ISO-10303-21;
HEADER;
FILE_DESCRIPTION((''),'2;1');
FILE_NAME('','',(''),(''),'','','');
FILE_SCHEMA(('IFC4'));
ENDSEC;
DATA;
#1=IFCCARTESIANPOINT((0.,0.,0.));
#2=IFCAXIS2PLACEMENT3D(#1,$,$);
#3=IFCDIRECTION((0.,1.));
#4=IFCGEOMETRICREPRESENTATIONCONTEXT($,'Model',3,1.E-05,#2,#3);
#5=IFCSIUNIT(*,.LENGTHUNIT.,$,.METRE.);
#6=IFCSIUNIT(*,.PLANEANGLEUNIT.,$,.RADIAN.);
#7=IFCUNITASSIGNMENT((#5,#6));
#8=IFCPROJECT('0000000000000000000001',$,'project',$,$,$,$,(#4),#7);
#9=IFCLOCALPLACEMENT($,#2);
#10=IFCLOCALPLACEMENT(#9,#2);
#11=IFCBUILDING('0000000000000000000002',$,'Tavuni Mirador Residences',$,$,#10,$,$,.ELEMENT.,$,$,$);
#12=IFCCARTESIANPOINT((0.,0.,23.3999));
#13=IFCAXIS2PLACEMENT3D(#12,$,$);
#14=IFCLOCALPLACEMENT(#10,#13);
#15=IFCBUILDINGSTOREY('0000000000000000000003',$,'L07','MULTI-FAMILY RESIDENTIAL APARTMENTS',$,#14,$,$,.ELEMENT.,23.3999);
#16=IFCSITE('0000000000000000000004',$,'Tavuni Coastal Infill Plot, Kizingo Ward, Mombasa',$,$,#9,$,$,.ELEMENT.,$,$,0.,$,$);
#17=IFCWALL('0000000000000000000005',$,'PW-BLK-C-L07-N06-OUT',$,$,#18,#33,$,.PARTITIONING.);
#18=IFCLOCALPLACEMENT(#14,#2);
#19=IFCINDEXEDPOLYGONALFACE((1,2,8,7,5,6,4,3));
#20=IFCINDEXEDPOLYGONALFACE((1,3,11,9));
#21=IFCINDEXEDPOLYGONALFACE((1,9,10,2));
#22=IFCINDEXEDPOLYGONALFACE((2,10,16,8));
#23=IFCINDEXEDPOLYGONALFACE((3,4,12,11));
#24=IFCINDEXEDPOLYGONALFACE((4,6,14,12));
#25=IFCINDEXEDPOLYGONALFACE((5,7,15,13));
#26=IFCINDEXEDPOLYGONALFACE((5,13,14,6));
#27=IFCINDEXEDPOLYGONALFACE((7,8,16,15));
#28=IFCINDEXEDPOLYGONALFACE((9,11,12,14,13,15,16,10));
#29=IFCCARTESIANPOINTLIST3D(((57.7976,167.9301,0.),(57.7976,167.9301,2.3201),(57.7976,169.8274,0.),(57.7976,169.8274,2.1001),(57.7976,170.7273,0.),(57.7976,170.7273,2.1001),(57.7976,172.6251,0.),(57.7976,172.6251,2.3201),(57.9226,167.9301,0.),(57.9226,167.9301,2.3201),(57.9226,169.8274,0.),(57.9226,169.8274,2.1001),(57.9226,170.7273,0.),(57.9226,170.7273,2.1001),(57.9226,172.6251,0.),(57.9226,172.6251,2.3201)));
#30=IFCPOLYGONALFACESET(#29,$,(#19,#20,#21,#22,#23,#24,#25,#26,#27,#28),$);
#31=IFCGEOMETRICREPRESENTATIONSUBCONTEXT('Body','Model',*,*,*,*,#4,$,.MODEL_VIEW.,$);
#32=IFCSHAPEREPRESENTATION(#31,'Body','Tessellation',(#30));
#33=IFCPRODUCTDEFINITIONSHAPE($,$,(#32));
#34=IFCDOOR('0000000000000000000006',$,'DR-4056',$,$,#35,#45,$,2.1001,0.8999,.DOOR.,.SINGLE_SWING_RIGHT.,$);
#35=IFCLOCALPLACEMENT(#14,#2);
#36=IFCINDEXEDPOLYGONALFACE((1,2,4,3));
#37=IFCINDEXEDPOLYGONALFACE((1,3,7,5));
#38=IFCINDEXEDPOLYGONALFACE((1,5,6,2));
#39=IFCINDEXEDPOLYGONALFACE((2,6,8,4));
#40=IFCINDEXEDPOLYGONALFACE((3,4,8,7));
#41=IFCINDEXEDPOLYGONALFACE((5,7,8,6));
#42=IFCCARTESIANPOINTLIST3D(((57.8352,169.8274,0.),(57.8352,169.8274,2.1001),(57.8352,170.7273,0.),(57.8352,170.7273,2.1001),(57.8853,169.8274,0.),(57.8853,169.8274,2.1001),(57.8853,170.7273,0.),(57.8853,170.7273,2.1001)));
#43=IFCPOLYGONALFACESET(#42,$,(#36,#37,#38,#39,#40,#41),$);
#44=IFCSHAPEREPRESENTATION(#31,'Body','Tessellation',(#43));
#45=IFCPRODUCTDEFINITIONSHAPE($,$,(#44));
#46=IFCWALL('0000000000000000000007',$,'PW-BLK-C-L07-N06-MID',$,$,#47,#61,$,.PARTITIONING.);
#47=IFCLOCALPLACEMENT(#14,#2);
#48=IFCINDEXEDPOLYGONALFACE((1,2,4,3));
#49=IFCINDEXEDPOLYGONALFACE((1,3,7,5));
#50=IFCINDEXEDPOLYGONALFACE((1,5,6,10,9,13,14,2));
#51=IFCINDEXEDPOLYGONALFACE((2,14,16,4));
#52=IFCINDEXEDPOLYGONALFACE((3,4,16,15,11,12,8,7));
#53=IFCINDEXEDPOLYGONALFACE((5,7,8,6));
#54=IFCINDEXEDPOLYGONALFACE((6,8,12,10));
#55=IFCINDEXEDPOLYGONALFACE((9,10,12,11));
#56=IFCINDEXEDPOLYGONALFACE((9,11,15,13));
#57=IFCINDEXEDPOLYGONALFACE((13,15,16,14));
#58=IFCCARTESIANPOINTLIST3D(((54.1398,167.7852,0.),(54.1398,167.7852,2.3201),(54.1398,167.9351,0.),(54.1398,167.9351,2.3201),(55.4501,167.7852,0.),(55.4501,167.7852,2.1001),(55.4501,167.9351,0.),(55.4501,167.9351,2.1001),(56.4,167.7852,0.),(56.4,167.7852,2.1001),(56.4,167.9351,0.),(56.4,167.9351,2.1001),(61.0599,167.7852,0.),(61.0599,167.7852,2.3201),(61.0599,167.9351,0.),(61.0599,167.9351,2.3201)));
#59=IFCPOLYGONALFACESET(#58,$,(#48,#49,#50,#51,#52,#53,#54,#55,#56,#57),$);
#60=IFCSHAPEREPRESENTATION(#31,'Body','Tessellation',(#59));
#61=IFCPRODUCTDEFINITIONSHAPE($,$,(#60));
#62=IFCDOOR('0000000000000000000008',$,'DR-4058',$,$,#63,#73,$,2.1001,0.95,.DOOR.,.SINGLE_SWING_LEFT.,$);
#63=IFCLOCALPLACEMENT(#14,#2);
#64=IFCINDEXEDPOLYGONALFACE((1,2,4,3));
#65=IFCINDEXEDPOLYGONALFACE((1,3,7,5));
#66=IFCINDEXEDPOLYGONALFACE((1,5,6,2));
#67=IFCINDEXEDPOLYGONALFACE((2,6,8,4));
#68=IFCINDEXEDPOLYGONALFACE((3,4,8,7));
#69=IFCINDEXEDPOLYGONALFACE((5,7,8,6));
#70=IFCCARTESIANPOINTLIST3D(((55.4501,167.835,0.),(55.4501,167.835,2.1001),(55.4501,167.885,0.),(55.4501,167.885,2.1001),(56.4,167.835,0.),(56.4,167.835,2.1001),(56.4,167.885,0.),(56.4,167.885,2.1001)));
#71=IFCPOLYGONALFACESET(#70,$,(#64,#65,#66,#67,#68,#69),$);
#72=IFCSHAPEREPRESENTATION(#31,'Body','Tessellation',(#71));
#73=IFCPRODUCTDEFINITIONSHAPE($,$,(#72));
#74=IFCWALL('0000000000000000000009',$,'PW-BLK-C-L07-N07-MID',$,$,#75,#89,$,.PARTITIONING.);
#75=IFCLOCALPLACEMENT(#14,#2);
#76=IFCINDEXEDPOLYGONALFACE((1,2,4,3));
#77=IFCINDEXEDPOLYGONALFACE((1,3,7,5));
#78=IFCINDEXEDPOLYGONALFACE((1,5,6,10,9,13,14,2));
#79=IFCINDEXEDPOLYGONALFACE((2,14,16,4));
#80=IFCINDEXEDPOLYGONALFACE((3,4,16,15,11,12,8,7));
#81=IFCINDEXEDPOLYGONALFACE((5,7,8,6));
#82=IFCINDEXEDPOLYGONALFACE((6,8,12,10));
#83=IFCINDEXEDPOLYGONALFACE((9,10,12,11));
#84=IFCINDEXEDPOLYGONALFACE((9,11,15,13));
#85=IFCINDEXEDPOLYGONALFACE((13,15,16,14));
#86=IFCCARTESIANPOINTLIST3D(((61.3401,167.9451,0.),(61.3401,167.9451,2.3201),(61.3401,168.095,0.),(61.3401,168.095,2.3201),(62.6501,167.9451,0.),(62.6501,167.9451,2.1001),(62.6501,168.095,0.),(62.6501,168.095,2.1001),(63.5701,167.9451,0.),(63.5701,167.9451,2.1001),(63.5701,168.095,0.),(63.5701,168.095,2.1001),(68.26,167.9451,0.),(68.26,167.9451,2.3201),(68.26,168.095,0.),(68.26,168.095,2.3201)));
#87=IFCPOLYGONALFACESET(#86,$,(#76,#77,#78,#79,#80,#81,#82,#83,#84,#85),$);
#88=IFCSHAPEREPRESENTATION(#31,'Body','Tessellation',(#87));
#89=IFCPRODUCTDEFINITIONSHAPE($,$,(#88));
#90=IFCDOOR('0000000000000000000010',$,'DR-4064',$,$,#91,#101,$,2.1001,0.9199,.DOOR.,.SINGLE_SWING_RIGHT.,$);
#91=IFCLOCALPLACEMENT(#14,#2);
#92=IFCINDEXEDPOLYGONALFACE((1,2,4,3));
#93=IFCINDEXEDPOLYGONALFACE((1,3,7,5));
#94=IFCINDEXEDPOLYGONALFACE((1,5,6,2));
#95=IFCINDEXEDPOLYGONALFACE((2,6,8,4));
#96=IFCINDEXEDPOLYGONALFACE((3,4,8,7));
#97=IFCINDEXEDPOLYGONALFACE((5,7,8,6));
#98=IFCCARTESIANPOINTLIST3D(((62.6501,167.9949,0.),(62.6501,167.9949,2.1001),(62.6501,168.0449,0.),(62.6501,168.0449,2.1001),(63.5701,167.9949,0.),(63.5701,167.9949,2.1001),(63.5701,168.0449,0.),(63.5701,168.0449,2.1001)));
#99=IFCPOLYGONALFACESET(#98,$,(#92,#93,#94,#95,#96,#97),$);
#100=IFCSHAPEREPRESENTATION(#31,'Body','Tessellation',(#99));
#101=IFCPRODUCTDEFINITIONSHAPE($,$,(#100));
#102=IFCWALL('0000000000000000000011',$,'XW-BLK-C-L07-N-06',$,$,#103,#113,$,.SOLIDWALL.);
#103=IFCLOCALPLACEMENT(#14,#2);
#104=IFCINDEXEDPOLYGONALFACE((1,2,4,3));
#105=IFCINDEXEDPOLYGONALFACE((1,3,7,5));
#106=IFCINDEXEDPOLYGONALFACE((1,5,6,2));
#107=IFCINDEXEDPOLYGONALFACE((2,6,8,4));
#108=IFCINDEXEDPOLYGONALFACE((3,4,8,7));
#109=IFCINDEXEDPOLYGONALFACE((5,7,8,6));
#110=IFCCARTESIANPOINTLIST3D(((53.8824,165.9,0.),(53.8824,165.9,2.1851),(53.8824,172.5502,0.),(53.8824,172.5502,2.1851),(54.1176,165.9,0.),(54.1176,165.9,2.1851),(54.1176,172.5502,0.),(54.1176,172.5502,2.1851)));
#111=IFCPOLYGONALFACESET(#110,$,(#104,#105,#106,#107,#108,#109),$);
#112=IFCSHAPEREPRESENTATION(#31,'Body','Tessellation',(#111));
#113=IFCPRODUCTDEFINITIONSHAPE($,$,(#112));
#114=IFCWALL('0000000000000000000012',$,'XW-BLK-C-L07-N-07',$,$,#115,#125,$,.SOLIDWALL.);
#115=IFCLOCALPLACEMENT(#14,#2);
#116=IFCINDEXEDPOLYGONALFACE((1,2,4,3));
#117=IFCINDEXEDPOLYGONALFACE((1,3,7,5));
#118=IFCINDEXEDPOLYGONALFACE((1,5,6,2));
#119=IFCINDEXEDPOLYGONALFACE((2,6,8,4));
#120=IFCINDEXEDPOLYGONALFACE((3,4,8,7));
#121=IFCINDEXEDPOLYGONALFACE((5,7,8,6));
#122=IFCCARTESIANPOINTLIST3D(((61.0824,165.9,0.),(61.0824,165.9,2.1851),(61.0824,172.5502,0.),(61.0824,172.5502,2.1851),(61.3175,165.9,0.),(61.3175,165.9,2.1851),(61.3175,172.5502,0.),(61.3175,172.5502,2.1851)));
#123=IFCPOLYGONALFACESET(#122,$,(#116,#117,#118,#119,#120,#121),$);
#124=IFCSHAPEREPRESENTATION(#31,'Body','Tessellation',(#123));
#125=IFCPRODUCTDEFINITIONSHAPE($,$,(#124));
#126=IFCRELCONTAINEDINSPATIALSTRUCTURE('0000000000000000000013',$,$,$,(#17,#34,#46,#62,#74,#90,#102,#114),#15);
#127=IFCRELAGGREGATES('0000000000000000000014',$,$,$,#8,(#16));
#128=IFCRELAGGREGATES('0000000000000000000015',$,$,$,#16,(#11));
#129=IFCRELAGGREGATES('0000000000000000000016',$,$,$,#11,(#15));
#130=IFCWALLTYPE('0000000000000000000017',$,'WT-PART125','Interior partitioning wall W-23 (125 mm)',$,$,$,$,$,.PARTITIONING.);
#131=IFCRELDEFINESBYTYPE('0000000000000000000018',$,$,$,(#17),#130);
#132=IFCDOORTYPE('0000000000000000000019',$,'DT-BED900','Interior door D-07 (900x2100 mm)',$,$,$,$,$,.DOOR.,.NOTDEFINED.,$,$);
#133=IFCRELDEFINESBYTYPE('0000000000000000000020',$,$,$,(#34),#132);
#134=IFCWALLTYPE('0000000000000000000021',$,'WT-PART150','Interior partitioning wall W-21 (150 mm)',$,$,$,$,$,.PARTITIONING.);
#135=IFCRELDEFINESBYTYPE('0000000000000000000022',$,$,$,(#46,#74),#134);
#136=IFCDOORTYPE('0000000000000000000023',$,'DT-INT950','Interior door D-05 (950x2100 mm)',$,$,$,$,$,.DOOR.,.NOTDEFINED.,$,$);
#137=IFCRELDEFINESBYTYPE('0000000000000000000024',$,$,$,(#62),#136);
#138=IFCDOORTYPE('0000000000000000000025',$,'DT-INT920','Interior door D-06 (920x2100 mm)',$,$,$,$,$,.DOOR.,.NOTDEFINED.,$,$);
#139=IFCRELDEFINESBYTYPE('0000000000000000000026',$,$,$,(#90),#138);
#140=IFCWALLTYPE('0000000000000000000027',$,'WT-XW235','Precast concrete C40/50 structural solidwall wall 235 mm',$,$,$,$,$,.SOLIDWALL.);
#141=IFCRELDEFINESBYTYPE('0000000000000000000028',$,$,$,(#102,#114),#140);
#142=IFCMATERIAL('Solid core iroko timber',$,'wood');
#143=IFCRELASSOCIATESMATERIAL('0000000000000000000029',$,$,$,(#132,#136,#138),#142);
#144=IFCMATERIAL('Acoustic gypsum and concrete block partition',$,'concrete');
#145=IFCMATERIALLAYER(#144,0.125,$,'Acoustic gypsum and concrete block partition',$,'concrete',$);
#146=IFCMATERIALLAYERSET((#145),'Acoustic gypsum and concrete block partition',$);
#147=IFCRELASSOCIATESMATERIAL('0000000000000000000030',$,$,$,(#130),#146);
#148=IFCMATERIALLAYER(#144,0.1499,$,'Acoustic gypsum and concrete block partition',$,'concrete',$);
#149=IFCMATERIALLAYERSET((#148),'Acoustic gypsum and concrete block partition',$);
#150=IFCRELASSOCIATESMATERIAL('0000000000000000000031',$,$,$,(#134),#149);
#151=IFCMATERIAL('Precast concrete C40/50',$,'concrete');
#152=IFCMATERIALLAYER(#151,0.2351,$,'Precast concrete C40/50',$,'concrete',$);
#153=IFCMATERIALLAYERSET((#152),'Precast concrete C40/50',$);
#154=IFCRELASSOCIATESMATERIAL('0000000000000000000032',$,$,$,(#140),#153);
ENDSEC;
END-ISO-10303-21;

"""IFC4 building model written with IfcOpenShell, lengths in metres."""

from ifc_helpers import new_model, si_unit, direction, frame, frame_2d, origin, place, context, subcontext, project, spatial, rectangle, extrude, material, layer, layer_set, type_object, element, fill, save


model = new_model("IFC4")

# Units and contexts
model_context = context("Model", 3, precision=1e-05, world=origin(), true_north=direction((0.0, 1.0)))
body_context = subcontext(model_context, "Body", "Model", "MODEL_VIEW")
ifc_project = project(units=[si_unit("LENGTHUNIT", "METRE"), si_unit("PLANEANGLEUNIT", "RADIAN")], contexts=[model_context])

# Site, building, storey
site_placement = place(None, origin())
site = spatial("IfcSite", under=ifc_project, at=site_placement, Name="Tavuni Coastal Infill Plot, Kizingo Ward, Mombasa", CompositionType="ELEMENT", RefElevation=0.0)
building_placement = place(site_placement, origin())
building = spatial("IfcBuilding", under=site, at=building_placement, Name="Tavuni Mirador Residences", CompositionType="ELEMENT")
storey_placement = place(building_placement, frame((0.0, 0.0, 23.3999)))
storey = spatial("IfcBuildingStorey", under=building, at=storey_placement, Name="L07", Description="MULTI-FAMILY RESIDENTIAL APARTMENTS", CompositionType="ELEMENT", Elevation=23.3999)

# Shared definitions
ifc_material_1 = material(Name="Precast concrete C40/50", Category="concrete")

# Shared definitions
ifc_material_2 = material(Name="Solid core iroko timber", Category="wood")

# Walls, openings, doors
ifc_material_3 = material(Name="Acoustic gypsum and concrete block partition", Category="concrete")
door_type_1 = type_object("IfcDoorType", Name="DT-BED900", Description="Interior door D-07 (900x2100 mm)", OperationType="NOTDEFINED", PredefinedType="DOOR", material=ifc_material_2)
ifc_layer_1 = layer(ifc_material_3, 0.125, Name="Acoustic gypsum and concrete block partition", Category="concrete")
ifc_layer_set_1 = layer_set([ifc_layer_1], Name="Acoustic gypsum and concrete block partition")
wall_type_1 = type_object("IfcWallType", Name="WT-PART125", Description="Interior partitioning wall W-23 (125 mm)", PredefinedType="PARTITIONING", material=ifc_layer_set_1)
wall_1_placement = place(storey_placement, frame((57.8601, 167.9299, 0.0), z_axis=(0.0, 0.0, 1.0), x_axis=(0.0, 1.0, 0.0)))
wall_1 = element("IfcWall", 1, at=wall_1_placement, inside=storey, type_object=wall_type_1, Name="PW-BLK-C-L07-N06-OUT", PredefinedType="PARTITIONING", context=body_context, shape_type="SweptSolid", body=[
    extrude(rectangle(XDim=4.6951, YDim=0.125, at=frame_2d((2.3477, 0.0))), origin(), (0.0, 0.0, 1.0), 2.3201),
])
opening_1_placement = place(wall_1_placement, frame((1.8975, 0.0, 0.0)))
opening_1 = element("IfcOpeningElement", 2, at=opening_1_placement, cuts=wall_1, PredefinedType="OPENING", context=body_context, shape_type="SweptSolid", body=[
    extrude(rectangle(XDim=0.8999, YDim=2.1001, at=frame_2d((0.45, 1.05))), frame((0.0, 0.0725, 0.0), z_axis=(0.0, -1.0, 0.0), x_axis=(1.0, 0.0, 0.0)), (0.0, 0.0, 1.0), 0.145),
])
door_1_placement = place(opening_1_placement, origin())
door_1 = element("IfcDoor", 3, at=door_1_placement, inside=storey, type_object=door_type_1, Name="DR-4056", OperationType="SINGLE_SWING_RIGHT", OverallHeight=2.1001, OverallWidth=0.8999, PredefinedType="DOOR", context=body_context, shape_type="SweptSolid", body=[
    extrude(rectangle(XDim=0.8999, YDim=2.1001, at=frame_2d((0.45, 1.05))), frame((0.0, 0.0249, 0.0), z_axis=(0.0, -1.0, 0.0), x_axis=(1.0, 0.0, 0.0)), (0.0, 0.0, 1.0), 0.05),
])
fill(opening_1, door_1)
ifc_layer_2 = layer(ifc_material_3, 0.1499, Name="Acoustic gypsum and concrete block partition", Category="concrete")
ifc_layer_set_2 = layer_set([ifc_layer_2], Name="Acoustic gypsum and concrete block partition")
wall_type_2 = type_object("IfcWallType", Name="WT-PART150", Description="Interior partitioning wall W-21 (150 mm)", PredefinedType="PARTITIONING", material=ifc_layer_set_2)
wall_2_placement = place(storey_placement, frame((54.1399, 167.8601, 0.0), z_axis=(0.0, 0.0, 1.0), x_axis=(1.0, 0.0, 0.0)))
wall_2 = element("IfcWall", 4, at=wall_2_placement, inside=storey, type_object=wall_type_2, Name="PW-BLK-C-L07-N06-MID", PredefinedType="PARTITIONING", context=body_context, shape_type="SweptSolid", body=[
    extrude(rectangle(XDim=6.9202, YDim=0.1499, at=frame_2d((3.46, 0.0))), origin(), (0.0, 0.0, 1.0), 2.3201),
])
opening_2_placement = place(wall_2_placement, frame((1.3101, 0.0, 0.0)))
opening_2 = element("IfcOpeningElement", 5, at=opening_2_placement, cuts=wall_2, PredefinedType="OPENING", context=body_context, shape_type="SweptSolid", body=[
    extrude(rectangle(XDim=0.95, YDim=2.1001, at=frame_2d((0.4751, 1.05))), frame((0.0, 0.085, 0.0), z_axis=(0.0, -1.0, 0.0), x_axis=(1.0, 0.0, 0.0)), (0.0, 0.0, 1.0), 0.1699),
])
door_type_2 = type_object("IfcDoorType", Name="DT-INT950", Description="Interior door D-05 (950x2100 mm)", OperationType="NOTDEFINED", PredefinedType="DOOR", material=ifc_material_2)
door_2_placement = place(opening_2_placement, origin())
door_2 = element("IfcDoor", 6, at=door_2_placement, inside=storey, type_object=door_type_2, Name="DR-4058", OperationType="SINGLE_SWING_LEFT", OverallHeight=2.1001, OverallWidth=0.95, PredefinedType="DOOR", context=body_context, shape_type="SweptSolid", body=[
    extrude(rectangle(XDim=0.95, YDim=2.1001, at=frame_2d((0.4751, 1.05))), frame((0.0, 0.0249, 0.0), z_axis=(0.0, -1.0, 0.0), x_axis=(1.0, 0.0, 0.0)), (0.0, 0.0, 1.0), 0.05),
])
fill(opening_2, door_2)
wall_3_placement = place(storey_placement, frame((61.3401, 168.02, 0.0), z_axis=(0.0, 0.0, 1.0), x_axis=(1.0, 0.0, 0.0)))
wall_3 = element("IfcWall", 7, at=wall_3_placement, inside=storey, type_object=wall_type_2, Name="PW-BLK-C-L07-N07-MID", PredefinedType="PARTITIONING", context=body_context, shape_type="SweptSolid", body=[
    extrude(rectangle(XDim=6.9199, YDim=0.1499, at=frame_2d((3.46, 0.0))), origin(), (0.0, 0.0, 1.0), 2.3201),
])
opening_3_placement = place(wall_3_placement, frame((1.3101, 0.0, 0.0)))
opening_3 = element("IfcOpeningElement", 8, at=opening_3_placement, cuts=wall_3, PredefinedType="OPENING", context=body_context, shape_type="SweptSolid", body=[
    extrude(rectangle(XDim=0.9199, YDim=2.1001, at=frame_2d((0.46, 1.05))), frame((0.0, 0.085, 0.0), z_axis=(0.0, -1.0, 0.0), x_axis=(1.0, 0.0, 0.0)), (0.0, 0.0, 1.0), 0.1699),
])
door_type_3 = type_object("IfcDoorType", Name="DT-INT920", Description="Interior door D-06 (920x2100 mm)", OperationType="NOTDEFINED", PredefinedType="DOOR", material=ifc_material_2)
door_3_placement = place(opening_3_placement, origin())
door_3 = element("IfcDoor", 9, at=door_3_placement, inside=storey, type_object=door_type_3, Name="DR-4064", OperationType="SINGLE_SWING_RIGHT", OverallHeight=2.1001, OverallWidth=0.9199, PredefinedType="DOOR", context=body_context, shape_type="SweptSolid", body=[
    extrude(rectangle(XDim=0.9199, YDim=2.1001, at=frame_2d((0.46, 1.05))), frame((0.0, 0.0249, 0.0), z_axis=(0.0, -1.0, 0.0), x_axis=(1.0, 0.0, 0.0)), (0.0, 0.0, 1.0), 0.05),
])
fill(opening_3, door_3)

# Walls
ifc_layer_3 = layer(ifc_material_1, 0.2351, Name="Precast concrete C40/50", Category="concrete")
ifc_layer_set_3 = layer_set([ifc_layer_3], Name="Precast concrete C40/50")
wall_type_3 = type_object("IfcWallType", Name="WT-XW235", Description="Precast concrete C40/50 structural solidwall wall 235 mm", PredefinedType="SOLIDWALL", material=ifc_layer_set_3)
for number, where, z_axis, x_axis, name in (
    (10, (54.0, 165.8999, 0.0), (0.0, 0.0, 1.0), (0.0, 1.0, 0.0), "XW-BLK-C-L07-N-06"),
    (11, (61.2, 165.8999, 0.0), (0.0, 0.0, 1.0), (0.0, 1.0, 0.0), "XW-BLK-C-L07-N-07"),
):
    element("IfcWall", number, at=place(storey_placement, frame(where, z_axis=z_axis, x_axis=x_axis)), inside=storey, type_object=wall_type_3, Name=name, PredefinedType="SOLIDWALL", context=body_context, shape_type="SweptSolid", body=[
        extrude(rectangle(XDim=6.6501, YDim=0.2351, at=frame_2d((3.3252, 0.0))), origin(), (0.0, 0.0, 1.0), 2.1851),
    ])

save(model, "model.ifc")
